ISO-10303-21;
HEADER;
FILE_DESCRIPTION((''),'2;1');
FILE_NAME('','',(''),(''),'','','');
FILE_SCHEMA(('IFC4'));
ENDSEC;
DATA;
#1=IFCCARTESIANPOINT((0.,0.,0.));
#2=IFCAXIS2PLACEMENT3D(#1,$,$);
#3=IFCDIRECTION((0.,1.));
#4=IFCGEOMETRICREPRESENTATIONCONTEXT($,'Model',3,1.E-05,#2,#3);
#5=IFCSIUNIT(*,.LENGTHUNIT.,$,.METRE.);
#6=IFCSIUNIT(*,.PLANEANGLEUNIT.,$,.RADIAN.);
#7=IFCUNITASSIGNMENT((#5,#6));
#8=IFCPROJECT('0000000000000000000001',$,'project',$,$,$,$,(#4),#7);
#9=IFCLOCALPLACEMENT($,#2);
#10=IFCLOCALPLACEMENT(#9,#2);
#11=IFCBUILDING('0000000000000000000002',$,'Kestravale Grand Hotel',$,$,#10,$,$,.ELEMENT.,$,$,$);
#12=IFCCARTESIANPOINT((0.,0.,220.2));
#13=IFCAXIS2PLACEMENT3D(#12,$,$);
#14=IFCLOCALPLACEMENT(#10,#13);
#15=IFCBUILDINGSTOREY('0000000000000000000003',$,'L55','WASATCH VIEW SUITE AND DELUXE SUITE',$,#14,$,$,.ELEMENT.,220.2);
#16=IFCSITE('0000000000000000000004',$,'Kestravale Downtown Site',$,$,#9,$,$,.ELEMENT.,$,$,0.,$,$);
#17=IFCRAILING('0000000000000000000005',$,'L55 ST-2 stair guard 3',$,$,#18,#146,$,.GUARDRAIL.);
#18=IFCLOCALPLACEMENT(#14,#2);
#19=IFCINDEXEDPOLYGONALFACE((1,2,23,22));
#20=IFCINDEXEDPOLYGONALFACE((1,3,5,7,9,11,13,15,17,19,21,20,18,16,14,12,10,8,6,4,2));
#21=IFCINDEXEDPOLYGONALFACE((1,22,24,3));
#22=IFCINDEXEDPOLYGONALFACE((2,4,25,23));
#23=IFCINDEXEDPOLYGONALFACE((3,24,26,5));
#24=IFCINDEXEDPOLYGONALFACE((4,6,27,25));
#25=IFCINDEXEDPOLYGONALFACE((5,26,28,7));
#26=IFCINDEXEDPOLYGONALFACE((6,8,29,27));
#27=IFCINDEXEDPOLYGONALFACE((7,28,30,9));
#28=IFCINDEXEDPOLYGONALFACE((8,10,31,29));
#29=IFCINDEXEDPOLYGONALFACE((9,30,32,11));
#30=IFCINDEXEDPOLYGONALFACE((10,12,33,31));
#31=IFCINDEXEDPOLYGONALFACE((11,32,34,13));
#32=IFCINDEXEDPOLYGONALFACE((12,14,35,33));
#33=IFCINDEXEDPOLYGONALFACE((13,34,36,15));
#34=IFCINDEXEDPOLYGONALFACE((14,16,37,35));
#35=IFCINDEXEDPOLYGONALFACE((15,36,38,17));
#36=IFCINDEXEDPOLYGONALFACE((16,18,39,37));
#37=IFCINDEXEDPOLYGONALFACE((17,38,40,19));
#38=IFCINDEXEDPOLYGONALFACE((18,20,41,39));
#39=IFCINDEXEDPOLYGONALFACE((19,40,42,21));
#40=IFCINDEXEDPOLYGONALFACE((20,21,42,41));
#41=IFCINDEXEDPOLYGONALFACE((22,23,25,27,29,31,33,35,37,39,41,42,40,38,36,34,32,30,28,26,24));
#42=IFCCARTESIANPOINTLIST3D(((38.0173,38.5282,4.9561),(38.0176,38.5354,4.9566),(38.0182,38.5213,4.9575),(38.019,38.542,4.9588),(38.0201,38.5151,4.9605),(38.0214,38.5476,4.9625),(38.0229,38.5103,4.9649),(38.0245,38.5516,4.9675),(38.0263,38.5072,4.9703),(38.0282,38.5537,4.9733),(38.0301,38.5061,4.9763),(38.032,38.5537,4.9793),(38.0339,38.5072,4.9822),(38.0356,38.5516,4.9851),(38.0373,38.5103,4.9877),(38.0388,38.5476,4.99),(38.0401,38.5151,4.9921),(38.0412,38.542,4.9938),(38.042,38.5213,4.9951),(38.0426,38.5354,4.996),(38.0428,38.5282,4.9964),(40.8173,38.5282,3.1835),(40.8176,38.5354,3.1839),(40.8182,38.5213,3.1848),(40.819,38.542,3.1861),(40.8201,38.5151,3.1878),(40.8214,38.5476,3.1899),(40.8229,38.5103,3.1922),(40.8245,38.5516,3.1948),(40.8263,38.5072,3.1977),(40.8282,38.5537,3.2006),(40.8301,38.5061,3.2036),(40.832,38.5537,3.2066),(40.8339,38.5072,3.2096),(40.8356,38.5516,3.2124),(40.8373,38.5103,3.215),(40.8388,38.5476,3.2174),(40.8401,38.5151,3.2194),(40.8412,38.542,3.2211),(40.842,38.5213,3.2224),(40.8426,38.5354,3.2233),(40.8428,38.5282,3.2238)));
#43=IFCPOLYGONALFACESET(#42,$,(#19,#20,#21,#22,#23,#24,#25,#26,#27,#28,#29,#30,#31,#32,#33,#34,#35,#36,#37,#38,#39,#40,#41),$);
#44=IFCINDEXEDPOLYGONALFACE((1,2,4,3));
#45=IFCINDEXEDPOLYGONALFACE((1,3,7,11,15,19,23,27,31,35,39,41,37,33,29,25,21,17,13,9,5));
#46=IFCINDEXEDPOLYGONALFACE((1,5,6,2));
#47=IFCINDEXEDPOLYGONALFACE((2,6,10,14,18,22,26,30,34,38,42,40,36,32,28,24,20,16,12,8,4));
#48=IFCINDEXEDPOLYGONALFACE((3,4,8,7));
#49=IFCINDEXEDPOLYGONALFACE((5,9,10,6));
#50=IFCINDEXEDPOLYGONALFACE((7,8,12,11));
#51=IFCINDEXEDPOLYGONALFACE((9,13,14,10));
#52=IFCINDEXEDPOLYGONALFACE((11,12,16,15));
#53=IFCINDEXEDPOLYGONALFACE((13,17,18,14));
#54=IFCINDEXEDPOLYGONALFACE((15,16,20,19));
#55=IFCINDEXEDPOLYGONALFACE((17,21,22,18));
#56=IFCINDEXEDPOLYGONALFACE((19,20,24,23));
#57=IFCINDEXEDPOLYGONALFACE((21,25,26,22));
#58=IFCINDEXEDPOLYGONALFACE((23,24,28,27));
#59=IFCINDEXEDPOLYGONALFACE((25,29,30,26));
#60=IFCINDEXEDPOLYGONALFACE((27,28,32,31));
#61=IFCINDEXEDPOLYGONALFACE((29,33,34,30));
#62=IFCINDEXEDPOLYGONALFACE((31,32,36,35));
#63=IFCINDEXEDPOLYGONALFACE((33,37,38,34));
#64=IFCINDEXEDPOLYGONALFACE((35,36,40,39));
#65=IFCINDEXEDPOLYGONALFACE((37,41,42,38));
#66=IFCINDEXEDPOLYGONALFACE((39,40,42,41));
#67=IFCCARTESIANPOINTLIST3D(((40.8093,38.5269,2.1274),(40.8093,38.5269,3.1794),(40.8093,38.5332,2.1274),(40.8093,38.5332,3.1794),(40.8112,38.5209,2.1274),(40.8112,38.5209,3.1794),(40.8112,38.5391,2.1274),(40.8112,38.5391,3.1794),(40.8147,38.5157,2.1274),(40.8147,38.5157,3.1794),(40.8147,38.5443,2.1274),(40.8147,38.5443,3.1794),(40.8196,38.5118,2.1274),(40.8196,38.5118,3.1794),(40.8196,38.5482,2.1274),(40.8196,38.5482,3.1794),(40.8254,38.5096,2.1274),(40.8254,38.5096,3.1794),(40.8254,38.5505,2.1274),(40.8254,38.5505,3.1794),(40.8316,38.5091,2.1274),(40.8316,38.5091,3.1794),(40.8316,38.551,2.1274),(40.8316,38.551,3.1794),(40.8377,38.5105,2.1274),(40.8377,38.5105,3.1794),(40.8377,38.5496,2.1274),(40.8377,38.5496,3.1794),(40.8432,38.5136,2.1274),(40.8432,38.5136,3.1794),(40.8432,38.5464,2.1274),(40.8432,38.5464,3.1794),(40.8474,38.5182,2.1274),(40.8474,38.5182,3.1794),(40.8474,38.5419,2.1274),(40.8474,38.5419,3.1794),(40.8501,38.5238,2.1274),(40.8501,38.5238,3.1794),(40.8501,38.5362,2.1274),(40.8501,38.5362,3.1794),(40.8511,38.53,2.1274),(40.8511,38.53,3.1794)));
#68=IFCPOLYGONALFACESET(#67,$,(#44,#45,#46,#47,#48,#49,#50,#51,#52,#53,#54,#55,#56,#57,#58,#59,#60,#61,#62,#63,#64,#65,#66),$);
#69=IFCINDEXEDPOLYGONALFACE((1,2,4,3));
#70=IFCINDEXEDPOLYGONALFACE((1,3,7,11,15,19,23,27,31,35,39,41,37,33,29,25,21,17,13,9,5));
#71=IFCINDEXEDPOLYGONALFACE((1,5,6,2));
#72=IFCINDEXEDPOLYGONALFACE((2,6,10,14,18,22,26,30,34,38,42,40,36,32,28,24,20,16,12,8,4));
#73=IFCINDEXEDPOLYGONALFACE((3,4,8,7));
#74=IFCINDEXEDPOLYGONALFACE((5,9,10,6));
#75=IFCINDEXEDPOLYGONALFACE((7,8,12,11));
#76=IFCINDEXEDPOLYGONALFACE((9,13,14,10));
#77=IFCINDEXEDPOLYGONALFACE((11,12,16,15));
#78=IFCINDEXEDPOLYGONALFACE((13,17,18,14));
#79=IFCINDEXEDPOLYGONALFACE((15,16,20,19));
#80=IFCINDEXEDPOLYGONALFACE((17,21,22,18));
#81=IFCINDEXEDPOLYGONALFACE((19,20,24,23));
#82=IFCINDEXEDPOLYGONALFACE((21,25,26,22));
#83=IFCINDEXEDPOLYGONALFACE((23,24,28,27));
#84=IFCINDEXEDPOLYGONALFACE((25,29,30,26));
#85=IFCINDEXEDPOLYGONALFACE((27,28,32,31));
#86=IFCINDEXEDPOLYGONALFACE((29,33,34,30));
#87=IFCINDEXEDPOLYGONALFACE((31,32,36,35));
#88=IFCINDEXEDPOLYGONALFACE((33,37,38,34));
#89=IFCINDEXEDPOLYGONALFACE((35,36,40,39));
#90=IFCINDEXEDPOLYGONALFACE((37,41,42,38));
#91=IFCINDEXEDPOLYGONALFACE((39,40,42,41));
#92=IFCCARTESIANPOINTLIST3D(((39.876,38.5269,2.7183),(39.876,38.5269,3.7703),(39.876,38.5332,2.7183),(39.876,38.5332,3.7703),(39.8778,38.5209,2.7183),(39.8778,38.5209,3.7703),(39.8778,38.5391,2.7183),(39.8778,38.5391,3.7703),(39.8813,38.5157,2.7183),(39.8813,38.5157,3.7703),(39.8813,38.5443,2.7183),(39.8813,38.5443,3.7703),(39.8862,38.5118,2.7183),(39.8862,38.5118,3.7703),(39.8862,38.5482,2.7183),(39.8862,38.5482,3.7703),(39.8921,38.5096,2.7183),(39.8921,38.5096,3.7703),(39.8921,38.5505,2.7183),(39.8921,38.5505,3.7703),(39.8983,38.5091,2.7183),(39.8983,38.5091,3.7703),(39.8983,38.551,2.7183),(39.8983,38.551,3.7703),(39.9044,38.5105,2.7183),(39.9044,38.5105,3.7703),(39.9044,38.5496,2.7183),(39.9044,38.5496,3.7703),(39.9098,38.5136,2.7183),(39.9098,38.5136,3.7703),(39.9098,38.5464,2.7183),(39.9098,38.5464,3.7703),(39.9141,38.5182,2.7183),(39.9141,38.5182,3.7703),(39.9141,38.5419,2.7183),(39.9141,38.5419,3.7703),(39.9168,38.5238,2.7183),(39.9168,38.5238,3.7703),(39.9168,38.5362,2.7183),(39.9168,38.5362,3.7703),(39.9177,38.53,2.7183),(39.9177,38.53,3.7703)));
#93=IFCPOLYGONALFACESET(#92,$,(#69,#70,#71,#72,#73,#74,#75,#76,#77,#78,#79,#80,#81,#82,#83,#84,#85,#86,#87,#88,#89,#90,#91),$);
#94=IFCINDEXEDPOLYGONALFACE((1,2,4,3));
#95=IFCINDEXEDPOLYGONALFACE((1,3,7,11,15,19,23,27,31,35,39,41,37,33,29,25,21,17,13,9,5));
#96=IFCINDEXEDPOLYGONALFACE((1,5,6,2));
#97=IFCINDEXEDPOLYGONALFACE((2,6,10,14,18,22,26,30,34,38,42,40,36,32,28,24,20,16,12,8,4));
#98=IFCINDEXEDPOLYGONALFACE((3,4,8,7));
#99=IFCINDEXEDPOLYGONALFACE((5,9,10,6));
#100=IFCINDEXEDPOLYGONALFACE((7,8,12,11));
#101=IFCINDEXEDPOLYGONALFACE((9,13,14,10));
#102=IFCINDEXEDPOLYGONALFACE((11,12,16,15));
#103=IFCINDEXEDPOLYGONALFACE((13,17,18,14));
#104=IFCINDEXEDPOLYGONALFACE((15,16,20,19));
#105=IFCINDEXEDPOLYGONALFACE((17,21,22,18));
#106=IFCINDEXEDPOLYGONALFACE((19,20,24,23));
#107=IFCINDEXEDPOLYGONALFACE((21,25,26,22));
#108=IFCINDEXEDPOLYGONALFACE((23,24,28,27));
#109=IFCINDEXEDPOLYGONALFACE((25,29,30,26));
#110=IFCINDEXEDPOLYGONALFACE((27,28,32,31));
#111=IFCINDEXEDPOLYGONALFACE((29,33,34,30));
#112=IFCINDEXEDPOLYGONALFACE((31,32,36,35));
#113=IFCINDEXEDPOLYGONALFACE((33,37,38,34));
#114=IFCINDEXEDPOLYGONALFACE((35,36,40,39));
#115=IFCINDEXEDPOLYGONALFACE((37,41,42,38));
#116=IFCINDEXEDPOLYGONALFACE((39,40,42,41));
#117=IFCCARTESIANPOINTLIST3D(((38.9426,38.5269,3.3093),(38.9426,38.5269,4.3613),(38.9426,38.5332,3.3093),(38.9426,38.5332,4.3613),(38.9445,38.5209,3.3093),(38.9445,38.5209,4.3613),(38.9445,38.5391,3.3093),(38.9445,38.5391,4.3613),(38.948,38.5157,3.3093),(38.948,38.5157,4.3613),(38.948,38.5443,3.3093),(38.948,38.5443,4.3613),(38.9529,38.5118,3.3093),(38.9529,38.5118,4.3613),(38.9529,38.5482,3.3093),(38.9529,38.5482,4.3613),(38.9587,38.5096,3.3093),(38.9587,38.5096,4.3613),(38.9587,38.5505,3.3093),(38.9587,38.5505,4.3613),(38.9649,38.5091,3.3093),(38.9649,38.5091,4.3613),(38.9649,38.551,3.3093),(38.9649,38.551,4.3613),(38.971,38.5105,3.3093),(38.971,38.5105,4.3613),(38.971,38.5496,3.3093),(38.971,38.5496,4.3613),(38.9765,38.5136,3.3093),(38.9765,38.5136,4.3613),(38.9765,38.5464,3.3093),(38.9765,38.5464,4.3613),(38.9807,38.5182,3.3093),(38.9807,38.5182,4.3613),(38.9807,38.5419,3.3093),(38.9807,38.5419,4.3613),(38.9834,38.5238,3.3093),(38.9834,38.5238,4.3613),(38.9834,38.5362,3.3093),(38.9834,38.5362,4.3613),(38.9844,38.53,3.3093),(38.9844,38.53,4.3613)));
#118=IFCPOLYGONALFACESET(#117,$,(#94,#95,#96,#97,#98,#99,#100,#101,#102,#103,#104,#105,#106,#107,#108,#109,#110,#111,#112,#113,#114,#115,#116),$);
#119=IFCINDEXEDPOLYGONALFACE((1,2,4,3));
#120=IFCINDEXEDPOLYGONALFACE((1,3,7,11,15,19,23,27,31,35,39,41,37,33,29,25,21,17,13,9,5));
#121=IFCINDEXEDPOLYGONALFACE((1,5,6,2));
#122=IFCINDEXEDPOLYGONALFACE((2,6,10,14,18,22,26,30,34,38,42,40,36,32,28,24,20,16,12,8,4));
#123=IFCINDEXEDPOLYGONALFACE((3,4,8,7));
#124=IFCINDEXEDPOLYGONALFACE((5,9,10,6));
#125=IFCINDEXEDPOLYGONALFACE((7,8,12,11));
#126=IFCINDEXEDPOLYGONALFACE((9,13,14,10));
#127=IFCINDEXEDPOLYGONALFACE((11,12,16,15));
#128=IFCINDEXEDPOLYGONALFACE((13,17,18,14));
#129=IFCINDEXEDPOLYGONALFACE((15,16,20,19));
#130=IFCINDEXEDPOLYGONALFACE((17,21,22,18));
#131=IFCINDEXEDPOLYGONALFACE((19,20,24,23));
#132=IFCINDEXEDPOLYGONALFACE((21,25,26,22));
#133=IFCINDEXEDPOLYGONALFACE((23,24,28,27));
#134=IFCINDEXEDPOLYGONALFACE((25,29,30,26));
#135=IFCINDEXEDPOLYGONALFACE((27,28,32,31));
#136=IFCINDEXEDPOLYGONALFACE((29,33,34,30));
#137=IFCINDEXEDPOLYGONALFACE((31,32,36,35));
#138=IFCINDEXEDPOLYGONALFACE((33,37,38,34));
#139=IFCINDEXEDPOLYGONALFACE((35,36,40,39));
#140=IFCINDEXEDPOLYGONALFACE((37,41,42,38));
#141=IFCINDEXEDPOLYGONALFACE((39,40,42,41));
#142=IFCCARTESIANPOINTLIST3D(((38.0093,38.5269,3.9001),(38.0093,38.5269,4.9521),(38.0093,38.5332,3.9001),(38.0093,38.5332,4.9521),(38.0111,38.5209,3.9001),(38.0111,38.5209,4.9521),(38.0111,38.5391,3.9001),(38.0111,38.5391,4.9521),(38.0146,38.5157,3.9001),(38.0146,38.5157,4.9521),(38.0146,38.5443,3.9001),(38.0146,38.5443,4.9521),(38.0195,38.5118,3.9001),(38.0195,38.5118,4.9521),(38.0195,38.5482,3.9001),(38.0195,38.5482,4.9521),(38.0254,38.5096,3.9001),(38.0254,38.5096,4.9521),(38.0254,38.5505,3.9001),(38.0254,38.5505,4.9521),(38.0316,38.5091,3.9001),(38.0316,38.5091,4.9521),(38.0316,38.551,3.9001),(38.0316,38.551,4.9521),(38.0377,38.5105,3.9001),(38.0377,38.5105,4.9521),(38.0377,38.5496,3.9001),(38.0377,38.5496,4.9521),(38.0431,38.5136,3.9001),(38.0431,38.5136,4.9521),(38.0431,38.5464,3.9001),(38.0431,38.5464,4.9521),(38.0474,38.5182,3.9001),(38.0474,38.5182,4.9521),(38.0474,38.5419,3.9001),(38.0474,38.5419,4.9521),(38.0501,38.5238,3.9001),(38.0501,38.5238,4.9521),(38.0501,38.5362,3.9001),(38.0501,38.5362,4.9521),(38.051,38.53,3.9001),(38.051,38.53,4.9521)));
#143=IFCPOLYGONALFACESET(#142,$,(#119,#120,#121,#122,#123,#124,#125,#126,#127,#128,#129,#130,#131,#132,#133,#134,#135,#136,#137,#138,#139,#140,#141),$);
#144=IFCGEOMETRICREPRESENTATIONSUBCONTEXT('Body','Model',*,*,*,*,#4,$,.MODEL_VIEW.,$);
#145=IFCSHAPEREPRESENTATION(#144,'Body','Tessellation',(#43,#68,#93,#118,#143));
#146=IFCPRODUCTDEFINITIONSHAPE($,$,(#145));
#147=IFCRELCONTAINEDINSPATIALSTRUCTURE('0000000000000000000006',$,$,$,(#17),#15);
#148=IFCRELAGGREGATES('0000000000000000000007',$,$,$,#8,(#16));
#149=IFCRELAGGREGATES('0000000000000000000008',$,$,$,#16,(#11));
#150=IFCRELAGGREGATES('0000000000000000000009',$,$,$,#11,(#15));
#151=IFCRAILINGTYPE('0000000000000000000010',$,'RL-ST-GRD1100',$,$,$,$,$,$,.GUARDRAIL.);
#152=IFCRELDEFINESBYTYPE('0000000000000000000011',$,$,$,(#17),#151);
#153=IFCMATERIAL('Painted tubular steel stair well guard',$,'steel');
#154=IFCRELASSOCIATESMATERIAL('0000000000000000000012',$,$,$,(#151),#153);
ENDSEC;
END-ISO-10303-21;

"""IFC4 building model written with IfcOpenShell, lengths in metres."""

from ifc_helpers import new_model, si_unit, direction, frame, origin, origin_2d, place, context, subcontext, project, spatial, circle, extrude, material, type_object, element, save


model = new_model("IFC4")

# Units and contexts
model_context = context("Model", 3, precision=1e-05, world=origin(), true_north=direction((0.0, 1.0)))
body_context = subcontext(model_context, "Body", "Model", "MODEL_VIEW")
ifc_project = project(units=[si_unit("LENGTHUNIT", "METRE"), si_unit("PLANEANGLEUNIT", "RADIAN")], contexts=[model_context])

# Site, building, storey
site_placement = place(None, origin())
site = spatial("IfcSite", under=ifc_project, at=site_placement, Name="Kestravale Downtown Site", CompositionType="ELEMENT", RefElevation=0.0)
building_placement = place(site_placement, origin())
building = spatial("IfcBuilding", under=site, at=building_placement, Name="Kestravale Grand Hotel", CompositionType="ELEMENT")
storey_placement = place(building_placement, frame((0.0, 0.0, 220.2)))
storey = spatial("IfcBuildingStorey", under=building, at=storey_placement, Name="L55", Description="WASATCH VIEW SUITE AND DELUXE SUITE", CompositionType="ELEMENT", Elevation=220.2)

# Railing
ifc_material_1 = material(Name="Painted tubular steel stair well guard", Category="steel")
railing_type_1 = type_object("IfcRailingType", Name="RL-ST-GRD1100", PredefinedType="GUARDRAIL", material=ifc_material_1)
railing_1_placement = place(storey_placement, frame((40.8301, 38.53, 2.1274)))
element("IfcRailing", 1, at=railing_1_placement, inside=storey, type_object=railing_type_1, Name="L55 ST-2 stair guard 3", PredefinedType="GUARDRAIL", context=body_context, shape_type="SweptSolid", body=[
    extrude(circle(Radius=0.0239, at=origin_2d()), frame((0.0, 0.0, 1.0762), z_axis=(-0.844909, 0.0, 0.53491), x_axis=(0.0, -1.0, 0.0)), (0.0, 0.0, 1.0), 3.314),
    extrude(circle(Radius=0.021, at=origin_2d()), origin(), (0.0, 0.0, 1.0), 1.052),
    extrude(circle(Radius=0.021, at=origin_2d()), frame((-0.9333, 0.0, 0.5908)), (0.0, 0.0, 1.0), 1.052),
    extrude(circle(Radius=0.021, at=origin_2d()), frame((-1.8667, 0.0, 1.1819)), (0.0, 0.0, 1.0), 1.052),
    extrude(circle(Radius=0.021, at=origin_2d()), frame((-2.8, 0.0, 1.7727)), (0.0, 0.0, 1.0), 1.052),
])

save(model, "model.ifc")
